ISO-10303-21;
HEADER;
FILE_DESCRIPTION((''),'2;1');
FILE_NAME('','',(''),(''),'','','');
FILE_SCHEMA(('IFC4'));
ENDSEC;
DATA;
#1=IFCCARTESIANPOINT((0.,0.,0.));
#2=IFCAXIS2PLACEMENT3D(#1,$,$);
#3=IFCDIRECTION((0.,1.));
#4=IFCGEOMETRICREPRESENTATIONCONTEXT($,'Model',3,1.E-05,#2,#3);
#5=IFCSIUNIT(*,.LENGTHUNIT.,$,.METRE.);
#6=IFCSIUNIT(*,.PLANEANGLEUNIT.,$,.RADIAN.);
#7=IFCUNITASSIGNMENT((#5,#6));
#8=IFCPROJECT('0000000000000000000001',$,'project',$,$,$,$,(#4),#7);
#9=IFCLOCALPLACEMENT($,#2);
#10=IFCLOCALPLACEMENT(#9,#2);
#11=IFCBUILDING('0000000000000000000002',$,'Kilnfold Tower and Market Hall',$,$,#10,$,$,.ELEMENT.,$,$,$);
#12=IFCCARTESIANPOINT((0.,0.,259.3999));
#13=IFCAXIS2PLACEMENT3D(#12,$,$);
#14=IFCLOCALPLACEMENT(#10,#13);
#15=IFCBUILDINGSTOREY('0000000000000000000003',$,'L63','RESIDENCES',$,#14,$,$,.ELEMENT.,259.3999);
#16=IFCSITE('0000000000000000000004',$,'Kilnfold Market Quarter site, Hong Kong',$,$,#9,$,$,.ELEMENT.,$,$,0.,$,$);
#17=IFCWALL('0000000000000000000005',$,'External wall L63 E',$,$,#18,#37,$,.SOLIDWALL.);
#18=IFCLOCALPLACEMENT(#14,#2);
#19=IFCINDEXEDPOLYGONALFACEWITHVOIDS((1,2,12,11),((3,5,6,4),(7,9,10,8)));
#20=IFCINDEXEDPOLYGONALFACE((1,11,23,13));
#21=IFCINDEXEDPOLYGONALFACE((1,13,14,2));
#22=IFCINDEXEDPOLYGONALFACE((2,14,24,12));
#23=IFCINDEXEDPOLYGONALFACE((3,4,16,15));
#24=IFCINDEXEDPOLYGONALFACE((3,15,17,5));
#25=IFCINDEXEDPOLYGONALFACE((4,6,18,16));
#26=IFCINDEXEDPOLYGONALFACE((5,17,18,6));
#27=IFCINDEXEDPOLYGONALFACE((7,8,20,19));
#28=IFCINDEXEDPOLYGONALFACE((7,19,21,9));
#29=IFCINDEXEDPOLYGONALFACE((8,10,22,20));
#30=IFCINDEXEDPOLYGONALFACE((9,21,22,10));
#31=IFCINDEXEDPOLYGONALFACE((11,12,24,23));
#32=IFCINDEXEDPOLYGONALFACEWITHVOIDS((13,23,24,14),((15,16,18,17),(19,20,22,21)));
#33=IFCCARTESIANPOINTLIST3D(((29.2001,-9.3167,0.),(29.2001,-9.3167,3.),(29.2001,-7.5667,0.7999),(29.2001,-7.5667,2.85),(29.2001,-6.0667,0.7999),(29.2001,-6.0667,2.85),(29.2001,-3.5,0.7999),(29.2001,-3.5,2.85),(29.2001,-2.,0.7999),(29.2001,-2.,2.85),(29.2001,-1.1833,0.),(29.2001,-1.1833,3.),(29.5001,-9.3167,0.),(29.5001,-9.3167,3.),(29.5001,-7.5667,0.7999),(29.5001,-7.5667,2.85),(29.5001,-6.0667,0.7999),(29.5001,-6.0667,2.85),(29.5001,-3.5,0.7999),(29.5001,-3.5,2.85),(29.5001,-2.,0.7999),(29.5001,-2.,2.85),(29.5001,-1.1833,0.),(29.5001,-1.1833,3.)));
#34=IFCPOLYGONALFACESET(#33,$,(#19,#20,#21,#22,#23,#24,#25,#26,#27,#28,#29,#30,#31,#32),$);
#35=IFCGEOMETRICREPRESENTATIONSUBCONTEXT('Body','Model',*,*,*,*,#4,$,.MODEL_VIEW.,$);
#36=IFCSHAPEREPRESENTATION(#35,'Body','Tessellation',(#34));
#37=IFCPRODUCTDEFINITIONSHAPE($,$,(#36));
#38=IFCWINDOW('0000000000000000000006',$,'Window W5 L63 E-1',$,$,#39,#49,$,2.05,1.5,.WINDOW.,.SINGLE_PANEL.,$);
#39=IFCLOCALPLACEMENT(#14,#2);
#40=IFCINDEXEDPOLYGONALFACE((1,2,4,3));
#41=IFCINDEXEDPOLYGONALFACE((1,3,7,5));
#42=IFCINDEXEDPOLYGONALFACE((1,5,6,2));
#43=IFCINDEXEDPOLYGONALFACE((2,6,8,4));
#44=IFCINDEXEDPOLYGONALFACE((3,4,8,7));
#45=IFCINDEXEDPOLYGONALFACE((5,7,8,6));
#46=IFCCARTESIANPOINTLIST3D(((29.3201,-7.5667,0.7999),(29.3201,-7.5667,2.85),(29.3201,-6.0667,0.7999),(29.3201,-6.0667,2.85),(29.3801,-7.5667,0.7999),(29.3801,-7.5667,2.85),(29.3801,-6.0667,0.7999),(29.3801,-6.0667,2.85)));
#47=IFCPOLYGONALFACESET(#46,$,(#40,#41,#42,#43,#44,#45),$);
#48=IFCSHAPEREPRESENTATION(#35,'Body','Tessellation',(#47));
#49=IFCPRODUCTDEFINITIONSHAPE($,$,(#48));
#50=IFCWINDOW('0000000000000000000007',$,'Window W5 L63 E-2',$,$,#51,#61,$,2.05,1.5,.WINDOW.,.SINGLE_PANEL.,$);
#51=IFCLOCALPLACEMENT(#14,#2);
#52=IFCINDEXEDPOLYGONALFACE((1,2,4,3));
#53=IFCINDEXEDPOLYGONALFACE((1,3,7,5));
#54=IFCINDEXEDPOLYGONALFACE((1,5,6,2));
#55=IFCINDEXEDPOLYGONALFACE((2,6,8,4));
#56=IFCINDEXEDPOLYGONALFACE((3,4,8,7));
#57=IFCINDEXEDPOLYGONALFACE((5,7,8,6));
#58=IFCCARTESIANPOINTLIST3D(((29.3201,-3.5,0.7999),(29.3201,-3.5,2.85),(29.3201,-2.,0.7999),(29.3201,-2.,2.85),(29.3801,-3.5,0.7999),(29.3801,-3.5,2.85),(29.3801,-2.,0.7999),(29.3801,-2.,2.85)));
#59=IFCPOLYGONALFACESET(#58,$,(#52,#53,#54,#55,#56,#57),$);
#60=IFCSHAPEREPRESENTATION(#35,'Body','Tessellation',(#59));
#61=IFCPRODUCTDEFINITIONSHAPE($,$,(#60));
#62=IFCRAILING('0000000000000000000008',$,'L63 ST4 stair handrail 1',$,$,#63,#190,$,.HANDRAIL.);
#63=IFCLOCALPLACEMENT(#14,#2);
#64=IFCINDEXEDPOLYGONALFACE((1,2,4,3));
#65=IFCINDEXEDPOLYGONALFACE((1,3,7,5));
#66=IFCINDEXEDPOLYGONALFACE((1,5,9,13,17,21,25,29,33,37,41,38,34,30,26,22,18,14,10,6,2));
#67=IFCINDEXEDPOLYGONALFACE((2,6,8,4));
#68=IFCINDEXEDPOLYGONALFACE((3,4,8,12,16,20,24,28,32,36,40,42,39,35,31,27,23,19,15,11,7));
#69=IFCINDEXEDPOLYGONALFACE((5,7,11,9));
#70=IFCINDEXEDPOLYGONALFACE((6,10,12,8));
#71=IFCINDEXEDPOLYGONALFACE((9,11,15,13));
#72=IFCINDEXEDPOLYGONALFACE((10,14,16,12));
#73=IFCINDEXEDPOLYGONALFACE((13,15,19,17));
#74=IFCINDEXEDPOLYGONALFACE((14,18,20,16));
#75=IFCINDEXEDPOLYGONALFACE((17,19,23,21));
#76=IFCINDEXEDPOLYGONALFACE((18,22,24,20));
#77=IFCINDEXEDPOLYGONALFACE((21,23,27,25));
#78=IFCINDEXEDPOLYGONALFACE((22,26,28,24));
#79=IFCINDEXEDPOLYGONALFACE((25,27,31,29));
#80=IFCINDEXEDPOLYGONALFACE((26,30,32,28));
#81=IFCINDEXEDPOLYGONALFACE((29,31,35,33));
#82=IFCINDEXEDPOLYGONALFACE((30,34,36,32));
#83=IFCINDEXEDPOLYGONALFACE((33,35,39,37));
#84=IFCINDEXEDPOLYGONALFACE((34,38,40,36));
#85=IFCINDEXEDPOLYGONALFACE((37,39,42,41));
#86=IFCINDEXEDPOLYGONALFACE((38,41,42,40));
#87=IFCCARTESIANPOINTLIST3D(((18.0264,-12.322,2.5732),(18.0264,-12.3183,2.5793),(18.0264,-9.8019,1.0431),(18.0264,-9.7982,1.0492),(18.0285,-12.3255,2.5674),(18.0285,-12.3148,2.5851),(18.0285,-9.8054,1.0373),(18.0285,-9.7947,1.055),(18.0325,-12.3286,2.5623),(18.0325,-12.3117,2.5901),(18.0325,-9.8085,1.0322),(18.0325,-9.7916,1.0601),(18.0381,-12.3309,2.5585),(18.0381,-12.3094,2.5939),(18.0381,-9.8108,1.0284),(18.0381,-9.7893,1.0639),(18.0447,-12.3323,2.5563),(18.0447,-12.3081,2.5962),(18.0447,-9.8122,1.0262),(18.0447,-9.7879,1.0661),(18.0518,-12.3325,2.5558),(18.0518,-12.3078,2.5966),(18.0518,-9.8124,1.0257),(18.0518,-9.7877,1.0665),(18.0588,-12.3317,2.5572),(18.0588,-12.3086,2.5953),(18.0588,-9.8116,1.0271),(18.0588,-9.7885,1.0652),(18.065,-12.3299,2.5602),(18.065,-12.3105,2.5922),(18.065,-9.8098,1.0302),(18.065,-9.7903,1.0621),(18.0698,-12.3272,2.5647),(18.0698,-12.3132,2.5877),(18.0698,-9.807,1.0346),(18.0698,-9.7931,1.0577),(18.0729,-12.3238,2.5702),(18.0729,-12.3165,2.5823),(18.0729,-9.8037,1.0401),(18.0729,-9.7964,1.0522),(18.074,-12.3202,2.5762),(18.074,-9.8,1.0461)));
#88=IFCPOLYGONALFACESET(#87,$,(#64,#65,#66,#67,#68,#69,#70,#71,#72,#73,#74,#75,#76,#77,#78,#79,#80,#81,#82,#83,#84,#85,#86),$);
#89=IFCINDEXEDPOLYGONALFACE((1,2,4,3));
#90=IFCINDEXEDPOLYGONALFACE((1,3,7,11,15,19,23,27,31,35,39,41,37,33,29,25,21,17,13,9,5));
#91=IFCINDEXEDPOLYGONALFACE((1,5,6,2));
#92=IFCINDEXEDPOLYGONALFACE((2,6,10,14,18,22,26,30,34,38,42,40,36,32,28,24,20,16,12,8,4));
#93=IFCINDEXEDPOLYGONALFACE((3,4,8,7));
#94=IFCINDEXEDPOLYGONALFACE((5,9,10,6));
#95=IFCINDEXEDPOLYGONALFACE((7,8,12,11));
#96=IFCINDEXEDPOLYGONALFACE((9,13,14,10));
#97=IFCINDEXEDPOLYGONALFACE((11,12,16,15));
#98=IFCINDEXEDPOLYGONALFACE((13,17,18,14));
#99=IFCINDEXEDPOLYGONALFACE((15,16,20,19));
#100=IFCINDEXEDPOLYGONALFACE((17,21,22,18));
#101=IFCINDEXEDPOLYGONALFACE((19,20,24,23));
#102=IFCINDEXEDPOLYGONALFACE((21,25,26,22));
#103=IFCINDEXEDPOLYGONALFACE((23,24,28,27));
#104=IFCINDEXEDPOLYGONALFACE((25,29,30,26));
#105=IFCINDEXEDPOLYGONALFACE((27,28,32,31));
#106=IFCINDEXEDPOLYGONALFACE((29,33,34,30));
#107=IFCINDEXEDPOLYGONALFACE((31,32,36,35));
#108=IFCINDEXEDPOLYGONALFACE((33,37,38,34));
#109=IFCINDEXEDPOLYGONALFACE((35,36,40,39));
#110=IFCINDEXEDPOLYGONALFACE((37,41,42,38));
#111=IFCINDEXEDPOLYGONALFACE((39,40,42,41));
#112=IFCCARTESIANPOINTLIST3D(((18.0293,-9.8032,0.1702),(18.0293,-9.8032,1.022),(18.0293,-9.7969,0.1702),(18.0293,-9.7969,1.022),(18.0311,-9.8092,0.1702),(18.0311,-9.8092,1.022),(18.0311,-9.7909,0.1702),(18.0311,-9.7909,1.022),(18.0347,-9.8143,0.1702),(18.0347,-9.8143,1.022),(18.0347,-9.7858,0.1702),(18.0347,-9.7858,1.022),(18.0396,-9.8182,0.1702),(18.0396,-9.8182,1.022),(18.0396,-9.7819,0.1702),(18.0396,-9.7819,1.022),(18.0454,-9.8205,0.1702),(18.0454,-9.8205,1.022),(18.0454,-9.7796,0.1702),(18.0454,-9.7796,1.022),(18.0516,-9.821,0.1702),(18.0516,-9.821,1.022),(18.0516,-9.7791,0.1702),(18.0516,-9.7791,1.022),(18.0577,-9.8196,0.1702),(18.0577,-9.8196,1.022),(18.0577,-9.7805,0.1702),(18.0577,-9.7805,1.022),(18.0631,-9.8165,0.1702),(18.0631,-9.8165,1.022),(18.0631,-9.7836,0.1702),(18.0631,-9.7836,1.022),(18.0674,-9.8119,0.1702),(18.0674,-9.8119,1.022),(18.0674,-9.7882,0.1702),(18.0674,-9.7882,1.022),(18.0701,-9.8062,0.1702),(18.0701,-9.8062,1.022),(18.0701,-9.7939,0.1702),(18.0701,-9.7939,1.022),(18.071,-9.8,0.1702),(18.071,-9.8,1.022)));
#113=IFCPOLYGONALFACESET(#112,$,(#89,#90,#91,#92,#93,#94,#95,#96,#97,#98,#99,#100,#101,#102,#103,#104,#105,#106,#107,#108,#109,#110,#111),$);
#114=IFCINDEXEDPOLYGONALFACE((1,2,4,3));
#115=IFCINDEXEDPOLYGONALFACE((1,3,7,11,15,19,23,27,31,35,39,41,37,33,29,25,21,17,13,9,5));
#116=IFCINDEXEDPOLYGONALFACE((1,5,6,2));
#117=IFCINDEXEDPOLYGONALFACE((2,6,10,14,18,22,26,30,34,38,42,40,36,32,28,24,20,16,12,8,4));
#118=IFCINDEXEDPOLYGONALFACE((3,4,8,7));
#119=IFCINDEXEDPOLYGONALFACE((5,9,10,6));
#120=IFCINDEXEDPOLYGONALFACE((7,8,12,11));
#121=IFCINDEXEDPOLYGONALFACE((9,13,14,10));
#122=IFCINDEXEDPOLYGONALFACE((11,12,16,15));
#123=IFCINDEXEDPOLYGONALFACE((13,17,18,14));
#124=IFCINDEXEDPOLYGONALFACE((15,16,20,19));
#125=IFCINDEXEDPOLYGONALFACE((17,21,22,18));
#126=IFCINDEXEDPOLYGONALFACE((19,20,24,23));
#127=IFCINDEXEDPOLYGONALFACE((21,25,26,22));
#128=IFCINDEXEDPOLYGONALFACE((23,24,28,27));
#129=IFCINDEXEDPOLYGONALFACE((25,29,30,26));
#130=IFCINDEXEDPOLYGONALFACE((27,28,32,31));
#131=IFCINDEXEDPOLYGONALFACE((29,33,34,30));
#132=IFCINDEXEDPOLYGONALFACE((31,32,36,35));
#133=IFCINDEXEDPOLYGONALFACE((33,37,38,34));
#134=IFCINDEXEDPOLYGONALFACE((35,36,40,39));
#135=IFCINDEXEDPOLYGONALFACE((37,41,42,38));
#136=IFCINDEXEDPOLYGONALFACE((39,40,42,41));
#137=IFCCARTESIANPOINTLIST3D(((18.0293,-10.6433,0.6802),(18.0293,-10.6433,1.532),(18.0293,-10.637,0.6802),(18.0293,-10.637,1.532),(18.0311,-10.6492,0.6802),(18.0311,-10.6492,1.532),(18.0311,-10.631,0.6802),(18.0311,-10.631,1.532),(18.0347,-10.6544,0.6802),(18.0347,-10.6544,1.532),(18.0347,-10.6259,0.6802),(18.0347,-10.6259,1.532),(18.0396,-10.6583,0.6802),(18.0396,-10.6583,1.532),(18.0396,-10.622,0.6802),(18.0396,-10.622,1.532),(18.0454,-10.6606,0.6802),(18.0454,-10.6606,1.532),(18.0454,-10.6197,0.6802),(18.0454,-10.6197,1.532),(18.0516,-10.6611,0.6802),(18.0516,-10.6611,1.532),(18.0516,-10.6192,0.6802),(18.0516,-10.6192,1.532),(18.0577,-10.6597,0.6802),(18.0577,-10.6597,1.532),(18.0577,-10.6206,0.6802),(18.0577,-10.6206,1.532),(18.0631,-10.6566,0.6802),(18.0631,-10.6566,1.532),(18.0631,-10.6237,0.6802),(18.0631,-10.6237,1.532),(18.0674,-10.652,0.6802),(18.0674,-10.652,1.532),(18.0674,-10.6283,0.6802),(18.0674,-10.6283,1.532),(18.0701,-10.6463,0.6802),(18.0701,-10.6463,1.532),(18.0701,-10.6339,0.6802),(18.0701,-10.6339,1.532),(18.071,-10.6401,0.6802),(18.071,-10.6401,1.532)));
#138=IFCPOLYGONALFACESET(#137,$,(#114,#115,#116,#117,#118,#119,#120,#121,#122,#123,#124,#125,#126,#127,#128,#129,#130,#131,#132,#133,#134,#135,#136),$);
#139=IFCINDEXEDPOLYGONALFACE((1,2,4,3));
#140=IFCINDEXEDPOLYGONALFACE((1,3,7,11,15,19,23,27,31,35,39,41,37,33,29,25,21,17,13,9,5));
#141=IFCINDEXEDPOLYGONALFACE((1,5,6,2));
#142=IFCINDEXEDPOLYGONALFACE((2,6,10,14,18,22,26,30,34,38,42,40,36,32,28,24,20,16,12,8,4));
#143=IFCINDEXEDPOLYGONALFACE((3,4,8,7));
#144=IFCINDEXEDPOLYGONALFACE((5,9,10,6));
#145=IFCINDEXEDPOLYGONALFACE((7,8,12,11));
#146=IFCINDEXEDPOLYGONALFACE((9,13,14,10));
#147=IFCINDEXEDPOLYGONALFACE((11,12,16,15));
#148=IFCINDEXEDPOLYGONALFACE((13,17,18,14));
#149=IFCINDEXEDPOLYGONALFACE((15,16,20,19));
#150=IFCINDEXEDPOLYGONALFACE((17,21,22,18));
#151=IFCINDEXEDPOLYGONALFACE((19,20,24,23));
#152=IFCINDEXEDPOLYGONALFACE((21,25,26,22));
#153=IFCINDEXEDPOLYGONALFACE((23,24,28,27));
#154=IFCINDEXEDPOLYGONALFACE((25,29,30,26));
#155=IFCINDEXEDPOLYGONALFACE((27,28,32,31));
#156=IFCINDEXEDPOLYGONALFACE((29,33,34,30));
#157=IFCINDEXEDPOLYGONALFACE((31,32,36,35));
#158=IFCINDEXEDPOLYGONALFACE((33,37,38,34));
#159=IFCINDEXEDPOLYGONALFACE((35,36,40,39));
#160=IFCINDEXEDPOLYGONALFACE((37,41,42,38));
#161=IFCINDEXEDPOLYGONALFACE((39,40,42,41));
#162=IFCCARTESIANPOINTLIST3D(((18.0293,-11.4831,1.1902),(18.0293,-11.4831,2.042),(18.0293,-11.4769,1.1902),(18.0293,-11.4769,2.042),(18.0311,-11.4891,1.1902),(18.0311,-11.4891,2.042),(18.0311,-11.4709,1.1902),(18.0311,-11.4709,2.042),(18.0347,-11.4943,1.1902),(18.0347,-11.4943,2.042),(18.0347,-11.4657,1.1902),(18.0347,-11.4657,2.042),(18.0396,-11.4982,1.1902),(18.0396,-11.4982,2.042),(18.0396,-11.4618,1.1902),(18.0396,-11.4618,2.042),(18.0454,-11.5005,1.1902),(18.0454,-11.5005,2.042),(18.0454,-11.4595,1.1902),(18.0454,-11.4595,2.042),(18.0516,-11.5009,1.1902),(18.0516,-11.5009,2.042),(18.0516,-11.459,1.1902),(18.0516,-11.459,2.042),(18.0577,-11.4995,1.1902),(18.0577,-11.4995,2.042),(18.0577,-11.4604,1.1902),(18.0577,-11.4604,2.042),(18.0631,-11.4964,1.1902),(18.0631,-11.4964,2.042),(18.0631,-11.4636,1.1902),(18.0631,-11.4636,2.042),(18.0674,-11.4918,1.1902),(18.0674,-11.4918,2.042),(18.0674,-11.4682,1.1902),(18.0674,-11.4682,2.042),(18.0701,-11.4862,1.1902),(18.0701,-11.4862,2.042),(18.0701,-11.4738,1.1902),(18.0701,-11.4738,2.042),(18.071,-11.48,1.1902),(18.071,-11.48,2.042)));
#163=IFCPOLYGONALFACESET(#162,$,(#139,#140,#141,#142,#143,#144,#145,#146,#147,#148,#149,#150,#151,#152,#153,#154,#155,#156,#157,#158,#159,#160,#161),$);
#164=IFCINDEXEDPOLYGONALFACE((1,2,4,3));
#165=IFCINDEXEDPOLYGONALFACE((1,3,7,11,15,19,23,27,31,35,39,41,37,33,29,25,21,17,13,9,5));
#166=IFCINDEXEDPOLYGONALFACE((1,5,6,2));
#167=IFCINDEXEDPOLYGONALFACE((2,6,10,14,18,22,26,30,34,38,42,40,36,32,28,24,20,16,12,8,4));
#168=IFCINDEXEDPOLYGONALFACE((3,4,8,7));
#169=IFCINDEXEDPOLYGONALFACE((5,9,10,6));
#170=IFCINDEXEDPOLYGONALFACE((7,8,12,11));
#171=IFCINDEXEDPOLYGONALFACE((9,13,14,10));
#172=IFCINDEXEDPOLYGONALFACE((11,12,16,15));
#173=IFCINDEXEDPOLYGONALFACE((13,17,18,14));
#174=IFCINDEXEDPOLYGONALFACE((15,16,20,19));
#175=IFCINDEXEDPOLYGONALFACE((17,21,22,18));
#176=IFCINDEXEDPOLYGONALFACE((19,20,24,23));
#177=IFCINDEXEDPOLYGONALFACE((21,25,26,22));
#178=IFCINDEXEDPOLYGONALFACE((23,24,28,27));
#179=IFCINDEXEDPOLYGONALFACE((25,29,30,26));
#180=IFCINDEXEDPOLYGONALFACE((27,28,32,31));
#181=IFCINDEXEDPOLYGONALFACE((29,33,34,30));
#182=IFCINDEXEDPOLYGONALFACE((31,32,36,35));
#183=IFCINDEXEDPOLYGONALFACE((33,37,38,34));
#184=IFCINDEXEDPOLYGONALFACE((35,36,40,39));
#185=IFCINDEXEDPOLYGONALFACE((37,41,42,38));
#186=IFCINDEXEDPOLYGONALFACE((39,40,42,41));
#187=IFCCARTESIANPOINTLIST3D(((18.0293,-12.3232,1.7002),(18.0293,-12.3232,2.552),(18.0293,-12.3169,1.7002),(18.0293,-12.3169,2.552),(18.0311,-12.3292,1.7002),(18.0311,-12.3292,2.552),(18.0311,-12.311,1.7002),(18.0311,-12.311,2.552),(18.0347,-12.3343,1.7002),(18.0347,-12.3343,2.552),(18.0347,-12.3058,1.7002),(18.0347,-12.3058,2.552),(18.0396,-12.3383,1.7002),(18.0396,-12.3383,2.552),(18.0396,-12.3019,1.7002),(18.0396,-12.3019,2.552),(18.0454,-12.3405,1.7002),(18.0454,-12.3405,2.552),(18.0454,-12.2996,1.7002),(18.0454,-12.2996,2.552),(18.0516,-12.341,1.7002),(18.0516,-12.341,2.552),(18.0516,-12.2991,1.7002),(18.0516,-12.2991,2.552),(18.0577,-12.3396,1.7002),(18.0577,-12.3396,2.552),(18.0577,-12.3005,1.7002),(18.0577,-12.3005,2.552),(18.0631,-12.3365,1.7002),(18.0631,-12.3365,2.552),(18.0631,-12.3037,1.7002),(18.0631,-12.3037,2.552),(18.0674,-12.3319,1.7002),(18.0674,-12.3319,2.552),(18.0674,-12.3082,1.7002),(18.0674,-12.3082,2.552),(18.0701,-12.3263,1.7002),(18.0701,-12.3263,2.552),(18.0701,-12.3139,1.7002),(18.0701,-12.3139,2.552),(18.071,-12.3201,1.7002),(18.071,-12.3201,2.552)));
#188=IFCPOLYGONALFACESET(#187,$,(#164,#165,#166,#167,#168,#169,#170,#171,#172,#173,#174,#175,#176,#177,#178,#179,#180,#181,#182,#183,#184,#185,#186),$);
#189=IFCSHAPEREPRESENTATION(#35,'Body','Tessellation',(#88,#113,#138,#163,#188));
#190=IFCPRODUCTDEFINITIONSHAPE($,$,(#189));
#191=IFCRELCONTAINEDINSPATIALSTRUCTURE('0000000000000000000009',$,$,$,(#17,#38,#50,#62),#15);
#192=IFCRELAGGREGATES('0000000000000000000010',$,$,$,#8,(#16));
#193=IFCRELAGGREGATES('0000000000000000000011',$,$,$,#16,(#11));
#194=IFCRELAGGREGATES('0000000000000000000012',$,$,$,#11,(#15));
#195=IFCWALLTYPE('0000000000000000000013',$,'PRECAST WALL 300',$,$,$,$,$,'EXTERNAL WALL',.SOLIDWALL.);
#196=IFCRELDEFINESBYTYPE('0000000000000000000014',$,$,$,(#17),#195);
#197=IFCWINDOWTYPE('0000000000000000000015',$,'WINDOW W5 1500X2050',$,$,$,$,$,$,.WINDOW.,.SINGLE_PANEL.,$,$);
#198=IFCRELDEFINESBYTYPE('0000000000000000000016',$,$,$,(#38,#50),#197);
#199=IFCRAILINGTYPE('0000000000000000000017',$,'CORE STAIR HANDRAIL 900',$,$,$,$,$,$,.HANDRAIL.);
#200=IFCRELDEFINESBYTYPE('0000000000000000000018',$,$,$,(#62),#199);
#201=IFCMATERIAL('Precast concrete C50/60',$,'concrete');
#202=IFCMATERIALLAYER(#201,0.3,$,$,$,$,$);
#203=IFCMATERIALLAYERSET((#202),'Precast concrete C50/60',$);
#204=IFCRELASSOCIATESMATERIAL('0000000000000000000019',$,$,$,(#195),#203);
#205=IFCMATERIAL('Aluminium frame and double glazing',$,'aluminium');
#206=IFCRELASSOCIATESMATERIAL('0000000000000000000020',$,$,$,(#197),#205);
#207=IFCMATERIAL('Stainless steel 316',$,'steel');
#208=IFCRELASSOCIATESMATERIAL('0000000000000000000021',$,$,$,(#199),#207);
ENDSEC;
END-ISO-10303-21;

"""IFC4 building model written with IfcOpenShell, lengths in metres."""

from ifc_helpers import new_model, si_unit, direction, frame, frame_2d, origin, origin_2d, place, context, subcontext, project, spatial, rectangle, circle, extrude, source, transform, mapped, material, layer, layer_set, type_object, element, fill, save


model = new_model("IFC4")

# Units and contexts
model_context = context("Model", 3, precision=1e-05, world=origin(), true_north=direction((0.0, 1.0)))
body_context = subcontext(model_context, "Body", "Model", "MODEL_VIEW")
ifc_project = project(units=[si_unit("LENGTHUNIT", "METRE"), si_unit("PLANEANGLEUNIT", "RADIAN")], contexts=[model_context])

# Site, building, storey
site_placement = place(None, origin())
site = spatial("IfcSite", under=ifc_project, at=site_placement, Name="Kilnfold Market Quarter site, Hong Kong", CompositionType="ELEMENT", RefElevation=0.0)
building_placement = place(site_placement, origin())
building = spatial("IfcBuilding", under=site, at=building_placement, Name="Kilnfold Tower and Market Hall", CompositionType="ELEMENT")
storey_placement = place(building_placement, frame((0.0, 0.0, 259.3999)))
storey = spatial("IfcBuildingStorey", under=building, at=storey_placement, Name="L63", Description="RESIDENCES", CompositionType="ELEMENT", Elevation=259.3999)

# Shared definitions
ifc_material_1 = material(Name="Precast concrete C50/60", Category="concrete")
ifc_layer_1 = layer(ifc_material_1, 0.3)
ifc_layer_set_1 = layer_set([ifc_layer_1], Name="Precast concrete C50/60")
wall_type_1 = type_object("IfcWallType", Name="PRECAST WALL 300", ElementType="EXTERNAL WALL", PredefinedType="SOLIDWALL", material=ifc_layer_set_1)
ifc_material_2 = material(Name="Aluminium frame and double glazing", Category="aluminium")
window_type = type_object("IfcWindowType", Name="WINDOW W5 1500X2050", PartitioningType="SINGLE_PANEL", PredefinedType="WINDOW", material=ifc_material_2)

# Wall, openings, windows
shared_shape_1 = source(origin(), body_context, "Body", "SweptSolid", [
    extrude(rectangle(XDim=8.1333, YDim=0.3, at=frame_2d((4.0667, 0.0))), origin(), (0.0, 0.0, 1.0), 3.0),
])
wall_1_placement = place(storey_placement, frame((29.3501, -9.3167, 0.0), z_axis=(0.0, 0.0, 1.0), x_axis=(0.0, 1.0, 0.0)))
wall_1 = element("IfcWall", 1, at=wall_1_placement, inside=storey, type_object=wall_type_1, Name="External wall L63 E", PredefinedType="SOLIDWALL", context=body_context, shape_type="MappedRepresentation", body=[
    mapped(shared_shape_1, transform((0.0, 0.0, 0.0))),
])
opening_1_placement = place(wall_1_placement, frame((1.75, 0.0, 0.8)))
opening_1 = element("IfcOpeningElement", 2, at=opening_1_placement, cuts=wall_1, PredefinedType="OPENING", context=body_context, shape_type="SweptSolid", body=[
    extrude(rectangle(XDim=1.5, YDim=2.05, at=frame_2d((0.75, 1.0249))), frame((0.0, 0.1602, 0.0), z_axis=(0.0, -1.0, 0.0), x_axis=(1.0, 0.0, 0.0)), (0.0, 0.0, 1.0), 0.3201),
])
opening_2_placement = place(wall_1_placement, frame((5.8167, 0.0, 0.8)))
opening_2 = element("IfcOpeningElement", 3, at=opening_2_placement, cuts=wall_1, PredefinedType="OPENING", context=body_context, shape_type="SweptSolid", body=[
    extrude(rectangle(XDim=1.5, YDim=2.05, at=frame_2d((0.75, 1.0249))), frame((0.0, 0.1602, 0.0), z_axis=(0.0, -1.0, 0.0), x_axis=(1.0, 0.0, 0.0)), (0.0, 0.0, 1.0), 0.3201),
])
window_1_placement = place(opening_1_placement, origin())
window_1 = element("IfcWindow", 4, at=window_1_placement, inside=storey, type_object=window_type, Name="Window W5 L63 E-1", OverallHeight=2.05, OverallWidth=1.5, PartitioningType="SINGLE_PANEL", PredefinedType="WINDOW", context=body_context, shape_type="SweptSolid", body=[
    extrude(rectangle(XDim=1.5, YDim=2.05, at=frame_2d((0.75, 1.0249))), frame((0.0, 0.03, 0.0), z_axis=(0.0, -1.0, 0.0), x_axis=(1.0, 0.0, 0.0)), (0.0, 0.0, 1.0), 0.0601),
])
fill(opening_1, window_1)
window_2_placement = place(opening_2_placement, origin())
window_2 = element("IfcWindow", 5, at=window_2_placement, inside=storey, type_object=window_type, Name="Window W5 L63 E-2", OverallHeight=2.05, OverallWidth=1.5, PartitioningType="SINGLE_PANEL", PredefinedType="WINDOW", context=body_context, shape_type="SweptSolid", body=[
    extrude(rectangle(XDim=1.5, YDim=2.05, at=frame_2d((0.75, 1.0249))), frame((0.0, 0.03, 0.0), z_axis=(0.0, -1.0, 0.0), x_axis=(1.0, 0.0, 0.0)), (0.0, 0.0, 1.0), 0.0601),
])
fill(opening_2, window_2)

# Railing
ifc_material_3 = material(Name="Stainless steel 316", Category="steel")
railing_type_1 = type_object("IfcRailingType", Name="CORE STAIR HANDRAIL 900", PredefinedType="HANDRAIL", material=ifc_material_3)
railing_1_placement = place(storey_placement, frame((18.05, -9.8, 0.1702)))
element("IfcRailing", 6, at=railing_1_placement, inside=storey, type_object=railing_type_1, Name="L63 ST4 stair handrail 1", PredefinedType="HANDRAIL", context=body_context, shape_type="SweptSolid", body=[
    extrude(circle(Radius=0.0239, at=origin_2d()), frame((0.0, 0.0, 0.876), z_axis=(0.0, -0.854785, 0.518982), x_axis=(1.0, 0.0, 0.0)), (0.0, 0.0, 1.0), 2.9482),
    extrude(circle(Radius=0.021, at=origin_2d()), origin(), (0.0, 0.0, 1.0), 0.8518),
    extrude(circle(Radius=0.021, at=origin_2d()), frame((0.0, -0.8401, 0.51)), (0.0, 0.0, 1.0), 0.8518),
    extrude(circle(Radius=0.021, at=origin_2d()), frame((0.0, -1.6799, 1.02)), (0.0, 0.0, 1.0), 0.8518),
    extrude(circle(Radius=0.021, at=origin_2d()), frame((0.0, -2.52, 1.53)), (0.0, 0.0, 1.0), 0.8518),
])

save(model, "model.ifc")
